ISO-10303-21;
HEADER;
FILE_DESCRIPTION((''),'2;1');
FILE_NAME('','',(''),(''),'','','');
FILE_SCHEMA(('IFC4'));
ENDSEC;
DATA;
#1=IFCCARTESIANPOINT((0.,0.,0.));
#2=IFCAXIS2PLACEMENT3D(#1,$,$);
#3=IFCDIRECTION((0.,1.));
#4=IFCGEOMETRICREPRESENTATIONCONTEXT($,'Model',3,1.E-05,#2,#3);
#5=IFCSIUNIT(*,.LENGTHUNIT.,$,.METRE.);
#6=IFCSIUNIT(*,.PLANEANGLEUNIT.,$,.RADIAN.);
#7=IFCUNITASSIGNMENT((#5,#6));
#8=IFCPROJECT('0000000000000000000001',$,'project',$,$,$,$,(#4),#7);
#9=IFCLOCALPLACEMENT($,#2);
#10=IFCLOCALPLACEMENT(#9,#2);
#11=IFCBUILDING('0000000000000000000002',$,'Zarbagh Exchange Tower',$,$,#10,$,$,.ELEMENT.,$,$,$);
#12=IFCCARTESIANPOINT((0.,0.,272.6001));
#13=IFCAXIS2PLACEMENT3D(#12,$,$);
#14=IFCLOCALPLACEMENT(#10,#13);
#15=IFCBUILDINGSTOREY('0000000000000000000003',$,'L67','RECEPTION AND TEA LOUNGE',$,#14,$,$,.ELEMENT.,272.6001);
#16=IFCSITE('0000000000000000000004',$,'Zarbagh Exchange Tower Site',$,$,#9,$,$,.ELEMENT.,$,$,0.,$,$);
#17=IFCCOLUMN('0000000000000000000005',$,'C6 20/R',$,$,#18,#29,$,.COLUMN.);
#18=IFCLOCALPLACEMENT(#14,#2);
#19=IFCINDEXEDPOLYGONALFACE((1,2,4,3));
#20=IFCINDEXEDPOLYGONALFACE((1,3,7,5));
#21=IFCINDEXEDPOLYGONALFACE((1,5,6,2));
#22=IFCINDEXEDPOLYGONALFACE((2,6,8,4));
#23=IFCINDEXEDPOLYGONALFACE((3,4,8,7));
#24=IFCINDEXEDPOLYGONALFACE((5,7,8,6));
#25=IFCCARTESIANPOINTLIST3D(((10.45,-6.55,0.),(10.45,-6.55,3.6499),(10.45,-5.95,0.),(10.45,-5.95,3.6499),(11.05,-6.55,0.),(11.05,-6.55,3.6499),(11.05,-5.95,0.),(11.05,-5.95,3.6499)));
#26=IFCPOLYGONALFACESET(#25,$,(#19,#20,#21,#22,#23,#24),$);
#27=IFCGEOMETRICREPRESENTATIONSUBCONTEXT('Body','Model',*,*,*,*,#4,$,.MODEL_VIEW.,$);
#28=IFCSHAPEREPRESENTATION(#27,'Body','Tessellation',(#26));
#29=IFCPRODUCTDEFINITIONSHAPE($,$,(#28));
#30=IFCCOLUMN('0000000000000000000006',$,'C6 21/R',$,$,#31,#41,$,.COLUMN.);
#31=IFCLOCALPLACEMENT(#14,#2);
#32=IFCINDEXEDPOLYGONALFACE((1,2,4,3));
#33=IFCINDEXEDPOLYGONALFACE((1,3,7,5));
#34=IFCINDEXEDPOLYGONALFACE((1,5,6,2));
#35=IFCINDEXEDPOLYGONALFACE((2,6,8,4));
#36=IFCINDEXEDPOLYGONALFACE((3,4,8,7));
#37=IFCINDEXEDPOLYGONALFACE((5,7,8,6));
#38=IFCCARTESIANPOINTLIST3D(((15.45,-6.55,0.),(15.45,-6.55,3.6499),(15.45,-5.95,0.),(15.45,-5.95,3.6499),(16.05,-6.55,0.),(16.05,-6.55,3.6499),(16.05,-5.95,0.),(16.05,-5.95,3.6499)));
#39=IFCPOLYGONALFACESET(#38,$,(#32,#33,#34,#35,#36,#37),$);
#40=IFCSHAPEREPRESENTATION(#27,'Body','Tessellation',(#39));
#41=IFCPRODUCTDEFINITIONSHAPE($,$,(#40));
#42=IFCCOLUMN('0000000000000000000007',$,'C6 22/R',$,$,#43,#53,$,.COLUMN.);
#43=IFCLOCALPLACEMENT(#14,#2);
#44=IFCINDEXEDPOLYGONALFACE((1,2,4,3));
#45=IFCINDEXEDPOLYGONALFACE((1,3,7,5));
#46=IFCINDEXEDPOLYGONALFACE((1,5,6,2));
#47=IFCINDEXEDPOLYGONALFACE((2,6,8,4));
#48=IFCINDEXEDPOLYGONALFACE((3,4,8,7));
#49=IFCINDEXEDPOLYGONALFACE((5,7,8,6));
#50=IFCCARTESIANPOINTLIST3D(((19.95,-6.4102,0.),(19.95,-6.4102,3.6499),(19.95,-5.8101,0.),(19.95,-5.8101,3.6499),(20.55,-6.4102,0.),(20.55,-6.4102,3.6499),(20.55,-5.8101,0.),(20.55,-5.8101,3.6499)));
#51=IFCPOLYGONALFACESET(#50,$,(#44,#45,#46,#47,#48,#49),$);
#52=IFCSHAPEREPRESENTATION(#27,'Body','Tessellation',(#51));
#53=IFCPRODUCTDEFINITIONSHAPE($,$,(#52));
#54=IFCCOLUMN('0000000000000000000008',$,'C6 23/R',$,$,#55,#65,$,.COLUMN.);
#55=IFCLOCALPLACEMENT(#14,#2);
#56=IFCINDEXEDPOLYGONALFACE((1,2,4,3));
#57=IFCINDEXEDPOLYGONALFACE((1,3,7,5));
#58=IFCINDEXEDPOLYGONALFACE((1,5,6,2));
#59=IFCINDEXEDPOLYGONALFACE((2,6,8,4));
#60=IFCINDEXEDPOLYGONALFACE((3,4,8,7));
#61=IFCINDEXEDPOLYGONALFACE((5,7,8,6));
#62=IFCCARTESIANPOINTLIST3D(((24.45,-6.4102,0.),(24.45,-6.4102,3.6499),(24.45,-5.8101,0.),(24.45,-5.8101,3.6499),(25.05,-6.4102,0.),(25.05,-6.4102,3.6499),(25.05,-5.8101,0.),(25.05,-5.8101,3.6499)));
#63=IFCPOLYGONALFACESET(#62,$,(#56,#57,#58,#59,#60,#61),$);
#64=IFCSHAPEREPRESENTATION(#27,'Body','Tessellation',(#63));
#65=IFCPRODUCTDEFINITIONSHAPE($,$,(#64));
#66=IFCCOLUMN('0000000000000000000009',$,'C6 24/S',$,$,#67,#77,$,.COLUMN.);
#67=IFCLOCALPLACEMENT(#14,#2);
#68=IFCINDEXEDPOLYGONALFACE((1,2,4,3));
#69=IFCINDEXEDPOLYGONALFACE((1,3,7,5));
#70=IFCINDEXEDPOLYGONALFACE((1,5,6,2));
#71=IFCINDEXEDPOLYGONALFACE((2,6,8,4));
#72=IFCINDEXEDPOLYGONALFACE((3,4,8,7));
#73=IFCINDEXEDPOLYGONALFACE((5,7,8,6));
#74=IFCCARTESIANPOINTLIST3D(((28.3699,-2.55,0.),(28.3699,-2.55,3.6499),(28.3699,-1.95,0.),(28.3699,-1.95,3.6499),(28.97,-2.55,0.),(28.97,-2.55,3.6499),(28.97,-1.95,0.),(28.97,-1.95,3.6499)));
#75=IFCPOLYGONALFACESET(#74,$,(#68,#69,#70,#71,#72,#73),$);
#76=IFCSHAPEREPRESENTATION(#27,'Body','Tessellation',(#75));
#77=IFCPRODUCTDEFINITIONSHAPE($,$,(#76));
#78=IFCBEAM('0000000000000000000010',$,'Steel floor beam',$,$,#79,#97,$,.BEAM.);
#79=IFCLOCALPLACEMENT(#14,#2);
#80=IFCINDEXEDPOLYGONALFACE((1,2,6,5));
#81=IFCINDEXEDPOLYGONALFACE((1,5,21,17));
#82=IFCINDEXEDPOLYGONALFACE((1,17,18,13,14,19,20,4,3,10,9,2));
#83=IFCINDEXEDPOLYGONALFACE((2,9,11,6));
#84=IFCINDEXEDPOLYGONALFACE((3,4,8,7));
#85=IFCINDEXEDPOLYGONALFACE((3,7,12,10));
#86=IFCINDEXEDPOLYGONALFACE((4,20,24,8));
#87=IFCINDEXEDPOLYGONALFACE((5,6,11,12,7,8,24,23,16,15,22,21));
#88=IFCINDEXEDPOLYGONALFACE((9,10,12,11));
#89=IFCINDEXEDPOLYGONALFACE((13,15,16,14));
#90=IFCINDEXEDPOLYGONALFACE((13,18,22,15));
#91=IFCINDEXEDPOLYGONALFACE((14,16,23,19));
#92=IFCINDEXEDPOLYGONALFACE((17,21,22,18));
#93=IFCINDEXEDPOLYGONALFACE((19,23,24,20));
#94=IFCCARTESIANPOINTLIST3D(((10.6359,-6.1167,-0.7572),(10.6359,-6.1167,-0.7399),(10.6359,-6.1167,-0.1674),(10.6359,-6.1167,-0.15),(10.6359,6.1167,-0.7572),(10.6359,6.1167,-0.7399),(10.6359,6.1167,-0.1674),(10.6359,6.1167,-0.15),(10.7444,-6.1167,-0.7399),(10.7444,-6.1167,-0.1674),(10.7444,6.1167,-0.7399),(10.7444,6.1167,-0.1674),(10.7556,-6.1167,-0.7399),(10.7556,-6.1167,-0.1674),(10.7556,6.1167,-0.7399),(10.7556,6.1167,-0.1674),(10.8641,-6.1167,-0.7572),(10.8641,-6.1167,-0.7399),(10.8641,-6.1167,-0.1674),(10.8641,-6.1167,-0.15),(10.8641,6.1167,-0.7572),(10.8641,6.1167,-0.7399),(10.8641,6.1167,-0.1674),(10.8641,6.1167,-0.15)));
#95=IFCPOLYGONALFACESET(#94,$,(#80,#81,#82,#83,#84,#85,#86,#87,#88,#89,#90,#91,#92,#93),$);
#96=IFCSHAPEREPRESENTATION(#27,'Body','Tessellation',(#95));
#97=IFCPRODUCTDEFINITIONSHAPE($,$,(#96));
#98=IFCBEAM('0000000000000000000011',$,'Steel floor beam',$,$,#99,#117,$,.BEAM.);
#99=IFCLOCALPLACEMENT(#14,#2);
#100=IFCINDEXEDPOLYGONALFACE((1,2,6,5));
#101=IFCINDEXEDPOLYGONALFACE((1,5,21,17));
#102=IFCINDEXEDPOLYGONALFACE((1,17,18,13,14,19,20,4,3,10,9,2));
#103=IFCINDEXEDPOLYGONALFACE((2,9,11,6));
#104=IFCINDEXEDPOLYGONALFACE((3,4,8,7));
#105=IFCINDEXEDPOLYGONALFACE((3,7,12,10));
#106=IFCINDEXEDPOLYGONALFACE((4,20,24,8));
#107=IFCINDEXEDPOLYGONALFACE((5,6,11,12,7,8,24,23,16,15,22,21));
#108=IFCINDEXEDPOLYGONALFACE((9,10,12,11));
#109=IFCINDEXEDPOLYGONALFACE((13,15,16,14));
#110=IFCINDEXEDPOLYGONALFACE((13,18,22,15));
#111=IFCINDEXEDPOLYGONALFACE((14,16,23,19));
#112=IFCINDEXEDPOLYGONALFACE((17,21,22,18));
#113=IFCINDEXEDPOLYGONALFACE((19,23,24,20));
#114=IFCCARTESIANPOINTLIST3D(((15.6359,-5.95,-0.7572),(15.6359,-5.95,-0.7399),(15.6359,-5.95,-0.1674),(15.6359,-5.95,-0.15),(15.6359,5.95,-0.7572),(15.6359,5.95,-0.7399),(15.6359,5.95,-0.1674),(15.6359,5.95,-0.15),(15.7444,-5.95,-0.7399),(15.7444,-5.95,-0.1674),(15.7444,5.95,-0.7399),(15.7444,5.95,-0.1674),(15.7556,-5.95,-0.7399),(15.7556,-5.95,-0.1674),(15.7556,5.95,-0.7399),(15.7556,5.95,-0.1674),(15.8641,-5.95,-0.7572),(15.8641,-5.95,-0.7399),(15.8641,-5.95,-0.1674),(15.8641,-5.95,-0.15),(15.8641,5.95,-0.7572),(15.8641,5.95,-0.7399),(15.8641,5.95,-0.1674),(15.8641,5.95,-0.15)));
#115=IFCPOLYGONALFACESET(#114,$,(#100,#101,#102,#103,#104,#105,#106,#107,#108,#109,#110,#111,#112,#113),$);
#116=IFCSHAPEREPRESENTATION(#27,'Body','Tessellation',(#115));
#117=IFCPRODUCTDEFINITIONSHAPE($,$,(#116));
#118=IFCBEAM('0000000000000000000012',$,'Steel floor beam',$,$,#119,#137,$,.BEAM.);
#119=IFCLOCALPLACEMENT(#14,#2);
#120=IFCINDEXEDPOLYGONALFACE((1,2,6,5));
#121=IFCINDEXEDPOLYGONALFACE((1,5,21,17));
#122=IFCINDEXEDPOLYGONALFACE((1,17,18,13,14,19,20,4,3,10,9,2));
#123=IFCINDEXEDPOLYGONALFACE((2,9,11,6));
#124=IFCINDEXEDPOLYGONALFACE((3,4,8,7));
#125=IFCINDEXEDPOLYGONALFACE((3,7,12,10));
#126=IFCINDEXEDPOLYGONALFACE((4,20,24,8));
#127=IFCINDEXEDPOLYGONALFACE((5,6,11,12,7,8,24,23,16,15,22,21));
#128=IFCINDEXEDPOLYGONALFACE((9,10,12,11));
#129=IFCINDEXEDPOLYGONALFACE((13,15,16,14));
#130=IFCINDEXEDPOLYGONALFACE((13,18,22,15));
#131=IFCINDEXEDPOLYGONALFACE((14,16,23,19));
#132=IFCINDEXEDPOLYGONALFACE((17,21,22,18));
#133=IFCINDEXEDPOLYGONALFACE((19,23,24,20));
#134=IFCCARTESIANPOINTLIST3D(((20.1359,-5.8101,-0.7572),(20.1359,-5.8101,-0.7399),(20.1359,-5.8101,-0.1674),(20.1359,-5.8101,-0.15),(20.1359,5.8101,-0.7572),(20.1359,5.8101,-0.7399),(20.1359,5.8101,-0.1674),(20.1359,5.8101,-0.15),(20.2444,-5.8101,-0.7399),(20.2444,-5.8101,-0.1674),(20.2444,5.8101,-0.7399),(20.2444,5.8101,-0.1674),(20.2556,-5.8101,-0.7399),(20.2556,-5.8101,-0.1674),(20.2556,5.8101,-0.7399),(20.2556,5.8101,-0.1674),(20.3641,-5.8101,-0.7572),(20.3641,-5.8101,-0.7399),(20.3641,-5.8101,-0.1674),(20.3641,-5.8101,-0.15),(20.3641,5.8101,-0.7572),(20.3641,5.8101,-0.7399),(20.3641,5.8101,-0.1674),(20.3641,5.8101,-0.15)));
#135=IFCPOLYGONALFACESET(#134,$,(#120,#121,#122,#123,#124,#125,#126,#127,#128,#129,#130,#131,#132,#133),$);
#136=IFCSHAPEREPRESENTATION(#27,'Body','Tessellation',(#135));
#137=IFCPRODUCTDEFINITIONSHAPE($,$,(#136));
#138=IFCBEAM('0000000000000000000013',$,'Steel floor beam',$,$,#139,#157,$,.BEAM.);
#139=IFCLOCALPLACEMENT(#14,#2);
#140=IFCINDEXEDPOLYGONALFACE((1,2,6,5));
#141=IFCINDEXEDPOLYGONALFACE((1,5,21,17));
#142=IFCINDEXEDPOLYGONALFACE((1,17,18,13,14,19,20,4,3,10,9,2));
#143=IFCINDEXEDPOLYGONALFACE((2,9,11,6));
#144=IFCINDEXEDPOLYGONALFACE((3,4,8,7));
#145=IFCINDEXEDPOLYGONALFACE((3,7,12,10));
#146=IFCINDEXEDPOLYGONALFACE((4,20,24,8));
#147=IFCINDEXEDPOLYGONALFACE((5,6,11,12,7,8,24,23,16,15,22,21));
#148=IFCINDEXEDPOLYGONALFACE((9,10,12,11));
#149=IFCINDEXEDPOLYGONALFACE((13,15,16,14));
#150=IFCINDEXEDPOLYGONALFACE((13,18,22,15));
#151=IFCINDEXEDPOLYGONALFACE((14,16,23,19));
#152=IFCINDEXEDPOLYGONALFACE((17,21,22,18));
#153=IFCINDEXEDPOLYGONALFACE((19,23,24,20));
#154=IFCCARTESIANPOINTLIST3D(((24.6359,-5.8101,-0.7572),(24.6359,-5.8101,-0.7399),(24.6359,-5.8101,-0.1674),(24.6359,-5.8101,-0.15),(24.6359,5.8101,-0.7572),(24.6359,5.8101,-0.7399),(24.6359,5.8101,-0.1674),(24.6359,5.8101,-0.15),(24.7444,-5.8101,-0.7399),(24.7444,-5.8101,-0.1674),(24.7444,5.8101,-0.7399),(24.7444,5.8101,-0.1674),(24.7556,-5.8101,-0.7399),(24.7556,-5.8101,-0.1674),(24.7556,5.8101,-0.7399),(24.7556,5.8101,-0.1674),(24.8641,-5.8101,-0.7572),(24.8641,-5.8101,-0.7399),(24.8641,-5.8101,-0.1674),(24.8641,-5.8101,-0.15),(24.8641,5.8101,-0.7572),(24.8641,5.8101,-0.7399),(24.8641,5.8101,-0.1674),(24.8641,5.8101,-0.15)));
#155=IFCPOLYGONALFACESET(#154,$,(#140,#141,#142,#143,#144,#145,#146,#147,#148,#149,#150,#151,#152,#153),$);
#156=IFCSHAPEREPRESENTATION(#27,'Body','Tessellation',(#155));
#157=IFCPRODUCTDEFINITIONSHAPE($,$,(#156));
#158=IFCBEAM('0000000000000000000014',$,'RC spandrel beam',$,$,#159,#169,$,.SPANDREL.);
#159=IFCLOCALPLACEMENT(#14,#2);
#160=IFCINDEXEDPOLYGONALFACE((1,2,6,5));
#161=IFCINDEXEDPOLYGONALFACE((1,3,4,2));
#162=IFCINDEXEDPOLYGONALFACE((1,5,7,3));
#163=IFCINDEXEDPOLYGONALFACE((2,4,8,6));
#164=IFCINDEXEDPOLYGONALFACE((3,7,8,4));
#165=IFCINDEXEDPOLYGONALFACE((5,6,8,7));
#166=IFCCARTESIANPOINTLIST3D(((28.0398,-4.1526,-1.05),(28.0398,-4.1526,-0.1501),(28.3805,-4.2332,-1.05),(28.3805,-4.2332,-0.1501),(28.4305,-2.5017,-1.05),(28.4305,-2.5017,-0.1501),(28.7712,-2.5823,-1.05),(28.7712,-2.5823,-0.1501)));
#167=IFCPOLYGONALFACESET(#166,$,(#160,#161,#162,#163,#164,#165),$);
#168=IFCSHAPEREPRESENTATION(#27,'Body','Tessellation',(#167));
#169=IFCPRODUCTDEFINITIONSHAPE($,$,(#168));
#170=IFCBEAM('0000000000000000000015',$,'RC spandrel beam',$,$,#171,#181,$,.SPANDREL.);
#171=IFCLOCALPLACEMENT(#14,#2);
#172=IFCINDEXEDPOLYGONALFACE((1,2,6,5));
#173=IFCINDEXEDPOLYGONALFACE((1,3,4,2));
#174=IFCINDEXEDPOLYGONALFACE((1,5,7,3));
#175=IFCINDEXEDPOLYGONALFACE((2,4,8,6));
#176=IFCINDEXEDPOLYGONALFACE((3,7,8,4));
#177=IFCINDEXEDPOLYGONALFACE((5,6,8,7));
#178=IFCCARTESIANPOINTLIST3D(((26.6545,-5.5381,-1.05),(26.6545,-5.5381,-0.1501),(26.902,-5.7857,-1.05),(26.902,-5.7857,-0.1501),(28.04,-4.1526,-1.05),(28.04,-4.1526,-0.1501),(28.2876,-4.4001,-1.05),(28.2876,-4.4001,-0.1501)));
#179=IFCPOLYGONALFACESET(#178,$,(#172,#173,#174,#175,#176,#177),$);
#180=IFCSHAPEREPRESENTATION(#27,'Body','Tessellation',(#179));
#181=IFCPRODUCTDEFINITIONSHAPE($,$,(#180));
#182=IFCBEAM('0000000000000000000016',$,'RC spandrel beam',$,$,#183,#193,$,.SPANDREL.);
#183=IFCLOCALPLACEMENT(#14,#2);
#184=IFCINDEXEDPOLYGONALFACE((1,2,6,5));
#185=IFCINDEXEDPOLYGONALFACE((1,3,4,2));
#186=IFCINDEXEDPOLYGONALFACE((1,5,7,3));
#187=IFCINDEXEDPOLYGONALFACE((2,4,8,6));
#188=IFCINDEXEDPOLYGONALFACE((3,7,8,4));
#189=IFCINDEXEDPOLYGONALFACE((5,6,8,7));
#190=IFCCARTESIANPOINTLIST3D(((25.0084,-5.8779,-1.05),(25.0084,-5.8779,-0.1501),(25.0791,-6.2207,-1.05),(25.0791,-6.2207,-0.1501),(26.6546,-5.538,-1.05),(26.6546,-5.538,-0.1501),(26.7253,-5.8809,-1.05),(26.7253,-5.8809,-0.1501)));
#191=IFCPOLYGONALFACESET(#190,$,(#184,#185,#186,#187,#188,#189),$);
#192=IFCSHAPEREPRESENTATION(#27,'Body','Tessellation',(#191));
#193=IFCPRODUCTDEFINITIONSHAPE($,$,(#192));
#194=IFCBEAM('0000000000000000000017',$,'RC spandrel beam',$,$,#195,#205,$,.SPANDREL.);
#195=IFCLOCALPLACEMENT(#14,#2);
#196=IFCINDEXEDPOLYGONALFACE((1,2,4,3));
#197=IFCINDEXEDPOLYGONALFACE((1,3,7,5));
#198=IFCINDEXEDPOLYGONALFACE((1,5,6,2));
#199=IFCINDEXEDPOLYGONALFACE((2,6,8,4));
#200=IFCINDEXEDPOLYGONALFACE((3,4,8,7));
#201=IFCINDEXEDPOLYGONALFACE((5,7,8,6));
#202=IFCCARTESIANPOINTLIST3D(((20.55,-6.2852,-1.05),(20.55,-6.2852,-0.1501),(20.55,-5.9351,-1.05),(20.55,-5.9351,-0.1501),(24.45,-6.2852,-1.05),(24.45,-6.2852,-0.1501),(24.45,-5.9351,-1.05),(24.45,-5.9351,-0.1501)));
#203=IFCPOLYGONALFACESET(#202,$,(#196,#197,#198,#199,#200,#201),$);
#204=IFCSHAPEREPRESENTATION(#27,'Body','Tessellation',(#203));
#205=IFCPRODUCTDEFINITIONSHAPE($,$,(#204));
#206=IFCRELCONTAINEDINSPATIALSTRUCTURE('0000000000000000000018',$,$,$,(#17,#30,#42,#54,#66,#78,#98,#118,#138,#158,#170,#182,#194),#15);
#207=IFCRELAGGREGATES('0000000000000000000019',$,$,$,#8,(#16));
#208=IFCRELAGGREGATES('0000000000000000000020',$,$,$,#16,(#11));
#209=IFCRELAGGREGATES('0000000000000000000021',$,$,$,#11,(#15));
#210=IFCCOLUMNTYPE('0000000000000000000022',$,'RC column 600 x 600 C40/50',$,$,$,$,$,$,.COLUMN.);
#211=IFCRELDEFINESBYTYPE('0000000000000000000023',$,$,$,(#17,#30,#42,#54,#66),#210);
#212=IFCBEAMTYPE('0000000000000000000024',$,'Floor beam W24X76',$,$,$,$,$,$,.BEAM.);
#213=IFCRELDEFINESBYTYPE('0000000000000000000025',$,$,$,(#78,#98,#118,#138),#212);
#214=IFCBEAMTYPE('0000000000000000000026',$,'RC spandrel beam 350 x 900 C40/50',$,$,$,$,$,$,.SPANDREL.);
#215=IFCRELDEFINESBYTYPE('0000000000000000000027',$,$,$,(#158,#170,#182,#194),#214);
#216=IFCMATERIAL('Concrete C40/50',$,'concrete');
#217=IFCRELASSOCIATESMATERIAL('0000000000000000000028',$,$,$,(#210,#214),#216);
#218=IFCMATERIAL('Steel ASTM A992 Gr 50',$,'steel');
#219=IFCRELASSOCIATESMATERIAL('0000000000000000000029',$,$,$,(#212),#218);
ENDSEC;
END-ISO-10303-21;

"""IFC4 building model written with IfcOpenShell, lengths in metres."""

from ifc_helpers import new_model, si_unit, direction, frame, origin, origin_2d, place, context, subcontext, project, spatial, rectangle, i_section, extrude, material, material_profile, profile_set, type_object, element, save


model = new_model("IFC4")

# Units and contexts
model_context = context("Model", 3, precision=1e-05, world=origin(), true_north=direction((0.0, 1.0)))
body_context = subcontext(model_context, "Body", "Model", "MODEL_VIEW")
ifc_project = project(units=[si_unit("LENGTHUNIT", "METRE"), si_unit("PLANEANGLEUNIT", "RADIAN")], contexts=[model_context])

# Site, building, storey
site_placement = place(None, origin())
site = spatial("IfcSite", under=ifc_project, at=site_placement, Name="Zarbagh Exchange Tower Site", CompositionType="ELEMENT", RefElevation=0.0)
building_placement = place(site_placement, origin())
building = spatial("IfcBuilding", under=site, at=building_placement, Name="Zarbagh Exchange Tower", CompositionType="ELEMENT")
storey_placement = place(building_placement, frame((0.0, 0.0, 272.6001)))
storey = spatial("IfcBuildingStorey", under=building, at=storey_placement, Name="L67", Description="RECEPTION AND TEA LOUNGE", CompositionType="ELEMENT", Elevation=272.6001)

# Columns
ifc_material_1 = material(Name="Concrete C40/50", Category="concrete")
ifc_material_profile_1 = material_profile(ifc_material_1, rectangle(XDim=0.6001, YDim=0.6001, at=origin_2d()), Name="RC column 600 x 600 C40/50")
ifc_profile_set_1 = profile_set([ifc_material_profile_1], Name="Concrete C40/50")
column_type = type_object("IfcColumnType", Name="RC column 600 x 600 C40/50", PredefinedType="COLUMN", material=ifc_profile_set_1)
for number, where, z_axis, x_axis, name in (
    (1, (10.75, -6.25, 0.0), (0.0, 0.0, 1.0), (1.0, 0.0, 0.0), "C6 20/R"),
    (2, (15.75, -6.25, 0.0), (0.0, 0.0, 1.0), (1.0, 0.0, 0.0), "C6 21/R"),
    (3, (20.25, -6.1101, 0.0), (0.0, 0.0, 1.0), (1.0, 0.0, 0.0), "C6 22/R"),
    (4, (24.75, -6.1101, 0.0), (0.0, 0.0, 1.0), (1.0, 0.0, 0.0), "C6 23/R"),
    (5, (28.6699, -2.25, 0.0), (0.0, 0.0, 1.0), (1.0, 0.0, 0.0), "C6 24/S"),
):
    element("IfcColumn", number, at=place(storey_placement, frame(where, z_axis=z_axis, x_axis=x_axis)), inside=storey, type_object=column_type, Name=name, PredefinedType="COLUMN", context=body_context, shape_type="SweptSolid", body=[
        extrude(rectangle(XDim=0.6001, YDim=0.6001, at=origin_2d()), origin(), (0.0, 0.0, 1.0), 3.6499),
    ])

# Beams
ifc_material_2 = material(Name="Steel ASTM A992 Gr 50", Category="steel")
ifc_material_profile_2 = material_profile(ifc_material_2, i_section(OverallWidth=0.2283, OverallDepth=0.6072, WebThickness=0.0112, FlangeThickness=0.0173, at=origin_2d()), Name="W24X76")
ifc_profile_set_2 = profile_set([ifc_material_profile_2], Name="Steel ASTM A992 Gr 50")
beam_type_1 = type_object("IfcBeamType", Name="Floor beam W24X76", PredefinedType="BEAM", material=ifc_profile_set_2)
beam_1_placement = place(storey_placement, frame((10.75, -6.1167, -0.4536), z_axis=(0.0, 1.0, 0.0), x_axis=(-1.0, 0.0, 0.0)))
element("IfcBeam", 6, at=beam_1_placement, inside=storey, type_object=beam_type_1, Name="Steel floor beam", PredefinedType="BEAM", context=body_context, shape_type="SweptSolid", body=[
    extrude(i_section(OverallWidth=0.2283, OverallDepth=0.6072, WebThickness=0.0112, FlangeThickness=0.0173, at=origin_2d()), origin(), (0.0, 0.0, 1.0), 12.2334),
])
beam_2_placement = place(storey_placement, frame((15.75, -5.95, -0.4536), z_axis=(0.0, 1.0, 0.0), x_axis=(-1.0, 0.0, 0.0)))
element("IfcBeam", 7, at=beam_2_placement, inside=storey, type_object=beam_type_1, Name="Steel floor beam", PredefinedType="BEAM", context=body_context, shape_type="SweptSolid", body=[
    extrude(i_section(OverallWidth=0.2283, OverallDepth=0.6072, WebThickness=0.0112, FlangeThickness=0.0173, at=origin_2d()), origin(), (0.0, 0.0, 1.0), 11.8999),
])
for number, where, z_axis, x_axis, name in (
    (8, (20.25, -5.8101, -0.4536), (0.0, 1.0, 0.0), (-1.0, 0.0, 0.0), "Steel floor beam"),
    (9, (24.75, -5.8101, -0.4536), (0.0, 1.0, 0.0), (-1.0, 0.0, 0.0), "Steel floor beam"),
):
    element("IfcBeam", number, at=place(storey_placement, frame(where, z_axis=z_axis, x_axis=x_axis)), inside=storey, type_object=beam_type_1, Name=name, PredefinedType="BEAM", context=body_context, shape_type="SweptSolid", body=[
        extrude(i_section(OverallWidth=0.2283, OverallDepth=0.6072, WebThickness=0.0112, FlangeThickness=0.0173, at=origin_2d()), origin(), (0.0, 0.0, 1.0), 11.6201),
    ])
ifc_material_profile_3 = material_profile(ifc_material_1, rectangle(XDim=0.3501, YDim=0.8999, at=origin_2d()), Name="RC spandrel beam 350 x 900 C40/50")
ifc_profile_set_3 = profile_set([ifc_material_profile_3], Name="Concrete C40/50")
beam_type_2 = type_object("IfcBeamType", Name="RC spandrel beam 350 x 900 C40/50", PredefinedType="SPANDREL", material=ifc_profile_set_3)
beam_3_placement = place(storey_placement, frame((28.6008, -2.542, -0.6001), z_axis=(-0.230258, -0.97313, 0.0), x_axis=(0.97313, -0.230258, 0.0)))
element("IfcBeam", 10, at=beam_3_placement, inside=storey, type_object=beam_type_2, Name="RC spandrel beam", PredefinedType="SPANDREL", context=body_context, shape_type="SweptSolid", body=[
    extrude(rectangle(XDim=0.3501, YDim=0.8999, at=origin_2d()), origin(), (0.0, 0.0, 1.0), 1.6965),
])
beam_4_placement = place(storey_placement, frame((28.1638, -4.2764, -0.6001), z_axis=(-0.707107, -0.707107, 0.0), x_axis=(0.707107, -0.707107, 0.0)))
element("IfcBeam", 11, at=beam_4_placement, inside=storey, type_object=beam_type_2, Name="RC spandrel beam", PredefinedType="SPANDREL", context=body_context, shape_type="SweptSolid", body=[
    extrude(rectangle(XDim=0.3501, YDim=0.8999, at=origin_2d()), origin(), (0.0, 0.0, 1.0), 1.9595),
])
beam_5_placement = place(storey_placement, frame((26.6899, -5.7095, -0.6001), z_axis=(-0.97935, -0.202173, 0.0), x_axis=(0.202173, -0.97935, 0.0)))
element("IfcBeam", 12, at=beam_5_placement, inside=storey, type_object=beam_type_2, Name="RC spandrel beam", PredefinedType="SPANDREL", context=body_context, shape_type="SweptSolid", body=[
    extrude(rectangle(XDim=0.3501, YDim=0.8999, at=origin_2d()), origin(), (0.0, 0.0, 1.0), 1.6809),
])
beam_6_placement = place(storey_placement, frame((24.45, -6.1101, -0.6001), z_axis=(-1.0, 0.0, 0.0), x_axis=(0.0, -1.0, 0.0)))
element("IfcBeam", 13, at=beam_6_placement, inside=storey, type_object=beam_type_2, Name="RC spandrel beam", PredefinedType="SPANDREL", context=body_context, shape_type="SweptSolid", body=[
    extrude(rectangle(XDim=0.3501, YDim=0.8999, at=origin_2d()), origin(), (0.0, 0.0, 1.0), 3.8999),
])

save(model, "model.ifc")
